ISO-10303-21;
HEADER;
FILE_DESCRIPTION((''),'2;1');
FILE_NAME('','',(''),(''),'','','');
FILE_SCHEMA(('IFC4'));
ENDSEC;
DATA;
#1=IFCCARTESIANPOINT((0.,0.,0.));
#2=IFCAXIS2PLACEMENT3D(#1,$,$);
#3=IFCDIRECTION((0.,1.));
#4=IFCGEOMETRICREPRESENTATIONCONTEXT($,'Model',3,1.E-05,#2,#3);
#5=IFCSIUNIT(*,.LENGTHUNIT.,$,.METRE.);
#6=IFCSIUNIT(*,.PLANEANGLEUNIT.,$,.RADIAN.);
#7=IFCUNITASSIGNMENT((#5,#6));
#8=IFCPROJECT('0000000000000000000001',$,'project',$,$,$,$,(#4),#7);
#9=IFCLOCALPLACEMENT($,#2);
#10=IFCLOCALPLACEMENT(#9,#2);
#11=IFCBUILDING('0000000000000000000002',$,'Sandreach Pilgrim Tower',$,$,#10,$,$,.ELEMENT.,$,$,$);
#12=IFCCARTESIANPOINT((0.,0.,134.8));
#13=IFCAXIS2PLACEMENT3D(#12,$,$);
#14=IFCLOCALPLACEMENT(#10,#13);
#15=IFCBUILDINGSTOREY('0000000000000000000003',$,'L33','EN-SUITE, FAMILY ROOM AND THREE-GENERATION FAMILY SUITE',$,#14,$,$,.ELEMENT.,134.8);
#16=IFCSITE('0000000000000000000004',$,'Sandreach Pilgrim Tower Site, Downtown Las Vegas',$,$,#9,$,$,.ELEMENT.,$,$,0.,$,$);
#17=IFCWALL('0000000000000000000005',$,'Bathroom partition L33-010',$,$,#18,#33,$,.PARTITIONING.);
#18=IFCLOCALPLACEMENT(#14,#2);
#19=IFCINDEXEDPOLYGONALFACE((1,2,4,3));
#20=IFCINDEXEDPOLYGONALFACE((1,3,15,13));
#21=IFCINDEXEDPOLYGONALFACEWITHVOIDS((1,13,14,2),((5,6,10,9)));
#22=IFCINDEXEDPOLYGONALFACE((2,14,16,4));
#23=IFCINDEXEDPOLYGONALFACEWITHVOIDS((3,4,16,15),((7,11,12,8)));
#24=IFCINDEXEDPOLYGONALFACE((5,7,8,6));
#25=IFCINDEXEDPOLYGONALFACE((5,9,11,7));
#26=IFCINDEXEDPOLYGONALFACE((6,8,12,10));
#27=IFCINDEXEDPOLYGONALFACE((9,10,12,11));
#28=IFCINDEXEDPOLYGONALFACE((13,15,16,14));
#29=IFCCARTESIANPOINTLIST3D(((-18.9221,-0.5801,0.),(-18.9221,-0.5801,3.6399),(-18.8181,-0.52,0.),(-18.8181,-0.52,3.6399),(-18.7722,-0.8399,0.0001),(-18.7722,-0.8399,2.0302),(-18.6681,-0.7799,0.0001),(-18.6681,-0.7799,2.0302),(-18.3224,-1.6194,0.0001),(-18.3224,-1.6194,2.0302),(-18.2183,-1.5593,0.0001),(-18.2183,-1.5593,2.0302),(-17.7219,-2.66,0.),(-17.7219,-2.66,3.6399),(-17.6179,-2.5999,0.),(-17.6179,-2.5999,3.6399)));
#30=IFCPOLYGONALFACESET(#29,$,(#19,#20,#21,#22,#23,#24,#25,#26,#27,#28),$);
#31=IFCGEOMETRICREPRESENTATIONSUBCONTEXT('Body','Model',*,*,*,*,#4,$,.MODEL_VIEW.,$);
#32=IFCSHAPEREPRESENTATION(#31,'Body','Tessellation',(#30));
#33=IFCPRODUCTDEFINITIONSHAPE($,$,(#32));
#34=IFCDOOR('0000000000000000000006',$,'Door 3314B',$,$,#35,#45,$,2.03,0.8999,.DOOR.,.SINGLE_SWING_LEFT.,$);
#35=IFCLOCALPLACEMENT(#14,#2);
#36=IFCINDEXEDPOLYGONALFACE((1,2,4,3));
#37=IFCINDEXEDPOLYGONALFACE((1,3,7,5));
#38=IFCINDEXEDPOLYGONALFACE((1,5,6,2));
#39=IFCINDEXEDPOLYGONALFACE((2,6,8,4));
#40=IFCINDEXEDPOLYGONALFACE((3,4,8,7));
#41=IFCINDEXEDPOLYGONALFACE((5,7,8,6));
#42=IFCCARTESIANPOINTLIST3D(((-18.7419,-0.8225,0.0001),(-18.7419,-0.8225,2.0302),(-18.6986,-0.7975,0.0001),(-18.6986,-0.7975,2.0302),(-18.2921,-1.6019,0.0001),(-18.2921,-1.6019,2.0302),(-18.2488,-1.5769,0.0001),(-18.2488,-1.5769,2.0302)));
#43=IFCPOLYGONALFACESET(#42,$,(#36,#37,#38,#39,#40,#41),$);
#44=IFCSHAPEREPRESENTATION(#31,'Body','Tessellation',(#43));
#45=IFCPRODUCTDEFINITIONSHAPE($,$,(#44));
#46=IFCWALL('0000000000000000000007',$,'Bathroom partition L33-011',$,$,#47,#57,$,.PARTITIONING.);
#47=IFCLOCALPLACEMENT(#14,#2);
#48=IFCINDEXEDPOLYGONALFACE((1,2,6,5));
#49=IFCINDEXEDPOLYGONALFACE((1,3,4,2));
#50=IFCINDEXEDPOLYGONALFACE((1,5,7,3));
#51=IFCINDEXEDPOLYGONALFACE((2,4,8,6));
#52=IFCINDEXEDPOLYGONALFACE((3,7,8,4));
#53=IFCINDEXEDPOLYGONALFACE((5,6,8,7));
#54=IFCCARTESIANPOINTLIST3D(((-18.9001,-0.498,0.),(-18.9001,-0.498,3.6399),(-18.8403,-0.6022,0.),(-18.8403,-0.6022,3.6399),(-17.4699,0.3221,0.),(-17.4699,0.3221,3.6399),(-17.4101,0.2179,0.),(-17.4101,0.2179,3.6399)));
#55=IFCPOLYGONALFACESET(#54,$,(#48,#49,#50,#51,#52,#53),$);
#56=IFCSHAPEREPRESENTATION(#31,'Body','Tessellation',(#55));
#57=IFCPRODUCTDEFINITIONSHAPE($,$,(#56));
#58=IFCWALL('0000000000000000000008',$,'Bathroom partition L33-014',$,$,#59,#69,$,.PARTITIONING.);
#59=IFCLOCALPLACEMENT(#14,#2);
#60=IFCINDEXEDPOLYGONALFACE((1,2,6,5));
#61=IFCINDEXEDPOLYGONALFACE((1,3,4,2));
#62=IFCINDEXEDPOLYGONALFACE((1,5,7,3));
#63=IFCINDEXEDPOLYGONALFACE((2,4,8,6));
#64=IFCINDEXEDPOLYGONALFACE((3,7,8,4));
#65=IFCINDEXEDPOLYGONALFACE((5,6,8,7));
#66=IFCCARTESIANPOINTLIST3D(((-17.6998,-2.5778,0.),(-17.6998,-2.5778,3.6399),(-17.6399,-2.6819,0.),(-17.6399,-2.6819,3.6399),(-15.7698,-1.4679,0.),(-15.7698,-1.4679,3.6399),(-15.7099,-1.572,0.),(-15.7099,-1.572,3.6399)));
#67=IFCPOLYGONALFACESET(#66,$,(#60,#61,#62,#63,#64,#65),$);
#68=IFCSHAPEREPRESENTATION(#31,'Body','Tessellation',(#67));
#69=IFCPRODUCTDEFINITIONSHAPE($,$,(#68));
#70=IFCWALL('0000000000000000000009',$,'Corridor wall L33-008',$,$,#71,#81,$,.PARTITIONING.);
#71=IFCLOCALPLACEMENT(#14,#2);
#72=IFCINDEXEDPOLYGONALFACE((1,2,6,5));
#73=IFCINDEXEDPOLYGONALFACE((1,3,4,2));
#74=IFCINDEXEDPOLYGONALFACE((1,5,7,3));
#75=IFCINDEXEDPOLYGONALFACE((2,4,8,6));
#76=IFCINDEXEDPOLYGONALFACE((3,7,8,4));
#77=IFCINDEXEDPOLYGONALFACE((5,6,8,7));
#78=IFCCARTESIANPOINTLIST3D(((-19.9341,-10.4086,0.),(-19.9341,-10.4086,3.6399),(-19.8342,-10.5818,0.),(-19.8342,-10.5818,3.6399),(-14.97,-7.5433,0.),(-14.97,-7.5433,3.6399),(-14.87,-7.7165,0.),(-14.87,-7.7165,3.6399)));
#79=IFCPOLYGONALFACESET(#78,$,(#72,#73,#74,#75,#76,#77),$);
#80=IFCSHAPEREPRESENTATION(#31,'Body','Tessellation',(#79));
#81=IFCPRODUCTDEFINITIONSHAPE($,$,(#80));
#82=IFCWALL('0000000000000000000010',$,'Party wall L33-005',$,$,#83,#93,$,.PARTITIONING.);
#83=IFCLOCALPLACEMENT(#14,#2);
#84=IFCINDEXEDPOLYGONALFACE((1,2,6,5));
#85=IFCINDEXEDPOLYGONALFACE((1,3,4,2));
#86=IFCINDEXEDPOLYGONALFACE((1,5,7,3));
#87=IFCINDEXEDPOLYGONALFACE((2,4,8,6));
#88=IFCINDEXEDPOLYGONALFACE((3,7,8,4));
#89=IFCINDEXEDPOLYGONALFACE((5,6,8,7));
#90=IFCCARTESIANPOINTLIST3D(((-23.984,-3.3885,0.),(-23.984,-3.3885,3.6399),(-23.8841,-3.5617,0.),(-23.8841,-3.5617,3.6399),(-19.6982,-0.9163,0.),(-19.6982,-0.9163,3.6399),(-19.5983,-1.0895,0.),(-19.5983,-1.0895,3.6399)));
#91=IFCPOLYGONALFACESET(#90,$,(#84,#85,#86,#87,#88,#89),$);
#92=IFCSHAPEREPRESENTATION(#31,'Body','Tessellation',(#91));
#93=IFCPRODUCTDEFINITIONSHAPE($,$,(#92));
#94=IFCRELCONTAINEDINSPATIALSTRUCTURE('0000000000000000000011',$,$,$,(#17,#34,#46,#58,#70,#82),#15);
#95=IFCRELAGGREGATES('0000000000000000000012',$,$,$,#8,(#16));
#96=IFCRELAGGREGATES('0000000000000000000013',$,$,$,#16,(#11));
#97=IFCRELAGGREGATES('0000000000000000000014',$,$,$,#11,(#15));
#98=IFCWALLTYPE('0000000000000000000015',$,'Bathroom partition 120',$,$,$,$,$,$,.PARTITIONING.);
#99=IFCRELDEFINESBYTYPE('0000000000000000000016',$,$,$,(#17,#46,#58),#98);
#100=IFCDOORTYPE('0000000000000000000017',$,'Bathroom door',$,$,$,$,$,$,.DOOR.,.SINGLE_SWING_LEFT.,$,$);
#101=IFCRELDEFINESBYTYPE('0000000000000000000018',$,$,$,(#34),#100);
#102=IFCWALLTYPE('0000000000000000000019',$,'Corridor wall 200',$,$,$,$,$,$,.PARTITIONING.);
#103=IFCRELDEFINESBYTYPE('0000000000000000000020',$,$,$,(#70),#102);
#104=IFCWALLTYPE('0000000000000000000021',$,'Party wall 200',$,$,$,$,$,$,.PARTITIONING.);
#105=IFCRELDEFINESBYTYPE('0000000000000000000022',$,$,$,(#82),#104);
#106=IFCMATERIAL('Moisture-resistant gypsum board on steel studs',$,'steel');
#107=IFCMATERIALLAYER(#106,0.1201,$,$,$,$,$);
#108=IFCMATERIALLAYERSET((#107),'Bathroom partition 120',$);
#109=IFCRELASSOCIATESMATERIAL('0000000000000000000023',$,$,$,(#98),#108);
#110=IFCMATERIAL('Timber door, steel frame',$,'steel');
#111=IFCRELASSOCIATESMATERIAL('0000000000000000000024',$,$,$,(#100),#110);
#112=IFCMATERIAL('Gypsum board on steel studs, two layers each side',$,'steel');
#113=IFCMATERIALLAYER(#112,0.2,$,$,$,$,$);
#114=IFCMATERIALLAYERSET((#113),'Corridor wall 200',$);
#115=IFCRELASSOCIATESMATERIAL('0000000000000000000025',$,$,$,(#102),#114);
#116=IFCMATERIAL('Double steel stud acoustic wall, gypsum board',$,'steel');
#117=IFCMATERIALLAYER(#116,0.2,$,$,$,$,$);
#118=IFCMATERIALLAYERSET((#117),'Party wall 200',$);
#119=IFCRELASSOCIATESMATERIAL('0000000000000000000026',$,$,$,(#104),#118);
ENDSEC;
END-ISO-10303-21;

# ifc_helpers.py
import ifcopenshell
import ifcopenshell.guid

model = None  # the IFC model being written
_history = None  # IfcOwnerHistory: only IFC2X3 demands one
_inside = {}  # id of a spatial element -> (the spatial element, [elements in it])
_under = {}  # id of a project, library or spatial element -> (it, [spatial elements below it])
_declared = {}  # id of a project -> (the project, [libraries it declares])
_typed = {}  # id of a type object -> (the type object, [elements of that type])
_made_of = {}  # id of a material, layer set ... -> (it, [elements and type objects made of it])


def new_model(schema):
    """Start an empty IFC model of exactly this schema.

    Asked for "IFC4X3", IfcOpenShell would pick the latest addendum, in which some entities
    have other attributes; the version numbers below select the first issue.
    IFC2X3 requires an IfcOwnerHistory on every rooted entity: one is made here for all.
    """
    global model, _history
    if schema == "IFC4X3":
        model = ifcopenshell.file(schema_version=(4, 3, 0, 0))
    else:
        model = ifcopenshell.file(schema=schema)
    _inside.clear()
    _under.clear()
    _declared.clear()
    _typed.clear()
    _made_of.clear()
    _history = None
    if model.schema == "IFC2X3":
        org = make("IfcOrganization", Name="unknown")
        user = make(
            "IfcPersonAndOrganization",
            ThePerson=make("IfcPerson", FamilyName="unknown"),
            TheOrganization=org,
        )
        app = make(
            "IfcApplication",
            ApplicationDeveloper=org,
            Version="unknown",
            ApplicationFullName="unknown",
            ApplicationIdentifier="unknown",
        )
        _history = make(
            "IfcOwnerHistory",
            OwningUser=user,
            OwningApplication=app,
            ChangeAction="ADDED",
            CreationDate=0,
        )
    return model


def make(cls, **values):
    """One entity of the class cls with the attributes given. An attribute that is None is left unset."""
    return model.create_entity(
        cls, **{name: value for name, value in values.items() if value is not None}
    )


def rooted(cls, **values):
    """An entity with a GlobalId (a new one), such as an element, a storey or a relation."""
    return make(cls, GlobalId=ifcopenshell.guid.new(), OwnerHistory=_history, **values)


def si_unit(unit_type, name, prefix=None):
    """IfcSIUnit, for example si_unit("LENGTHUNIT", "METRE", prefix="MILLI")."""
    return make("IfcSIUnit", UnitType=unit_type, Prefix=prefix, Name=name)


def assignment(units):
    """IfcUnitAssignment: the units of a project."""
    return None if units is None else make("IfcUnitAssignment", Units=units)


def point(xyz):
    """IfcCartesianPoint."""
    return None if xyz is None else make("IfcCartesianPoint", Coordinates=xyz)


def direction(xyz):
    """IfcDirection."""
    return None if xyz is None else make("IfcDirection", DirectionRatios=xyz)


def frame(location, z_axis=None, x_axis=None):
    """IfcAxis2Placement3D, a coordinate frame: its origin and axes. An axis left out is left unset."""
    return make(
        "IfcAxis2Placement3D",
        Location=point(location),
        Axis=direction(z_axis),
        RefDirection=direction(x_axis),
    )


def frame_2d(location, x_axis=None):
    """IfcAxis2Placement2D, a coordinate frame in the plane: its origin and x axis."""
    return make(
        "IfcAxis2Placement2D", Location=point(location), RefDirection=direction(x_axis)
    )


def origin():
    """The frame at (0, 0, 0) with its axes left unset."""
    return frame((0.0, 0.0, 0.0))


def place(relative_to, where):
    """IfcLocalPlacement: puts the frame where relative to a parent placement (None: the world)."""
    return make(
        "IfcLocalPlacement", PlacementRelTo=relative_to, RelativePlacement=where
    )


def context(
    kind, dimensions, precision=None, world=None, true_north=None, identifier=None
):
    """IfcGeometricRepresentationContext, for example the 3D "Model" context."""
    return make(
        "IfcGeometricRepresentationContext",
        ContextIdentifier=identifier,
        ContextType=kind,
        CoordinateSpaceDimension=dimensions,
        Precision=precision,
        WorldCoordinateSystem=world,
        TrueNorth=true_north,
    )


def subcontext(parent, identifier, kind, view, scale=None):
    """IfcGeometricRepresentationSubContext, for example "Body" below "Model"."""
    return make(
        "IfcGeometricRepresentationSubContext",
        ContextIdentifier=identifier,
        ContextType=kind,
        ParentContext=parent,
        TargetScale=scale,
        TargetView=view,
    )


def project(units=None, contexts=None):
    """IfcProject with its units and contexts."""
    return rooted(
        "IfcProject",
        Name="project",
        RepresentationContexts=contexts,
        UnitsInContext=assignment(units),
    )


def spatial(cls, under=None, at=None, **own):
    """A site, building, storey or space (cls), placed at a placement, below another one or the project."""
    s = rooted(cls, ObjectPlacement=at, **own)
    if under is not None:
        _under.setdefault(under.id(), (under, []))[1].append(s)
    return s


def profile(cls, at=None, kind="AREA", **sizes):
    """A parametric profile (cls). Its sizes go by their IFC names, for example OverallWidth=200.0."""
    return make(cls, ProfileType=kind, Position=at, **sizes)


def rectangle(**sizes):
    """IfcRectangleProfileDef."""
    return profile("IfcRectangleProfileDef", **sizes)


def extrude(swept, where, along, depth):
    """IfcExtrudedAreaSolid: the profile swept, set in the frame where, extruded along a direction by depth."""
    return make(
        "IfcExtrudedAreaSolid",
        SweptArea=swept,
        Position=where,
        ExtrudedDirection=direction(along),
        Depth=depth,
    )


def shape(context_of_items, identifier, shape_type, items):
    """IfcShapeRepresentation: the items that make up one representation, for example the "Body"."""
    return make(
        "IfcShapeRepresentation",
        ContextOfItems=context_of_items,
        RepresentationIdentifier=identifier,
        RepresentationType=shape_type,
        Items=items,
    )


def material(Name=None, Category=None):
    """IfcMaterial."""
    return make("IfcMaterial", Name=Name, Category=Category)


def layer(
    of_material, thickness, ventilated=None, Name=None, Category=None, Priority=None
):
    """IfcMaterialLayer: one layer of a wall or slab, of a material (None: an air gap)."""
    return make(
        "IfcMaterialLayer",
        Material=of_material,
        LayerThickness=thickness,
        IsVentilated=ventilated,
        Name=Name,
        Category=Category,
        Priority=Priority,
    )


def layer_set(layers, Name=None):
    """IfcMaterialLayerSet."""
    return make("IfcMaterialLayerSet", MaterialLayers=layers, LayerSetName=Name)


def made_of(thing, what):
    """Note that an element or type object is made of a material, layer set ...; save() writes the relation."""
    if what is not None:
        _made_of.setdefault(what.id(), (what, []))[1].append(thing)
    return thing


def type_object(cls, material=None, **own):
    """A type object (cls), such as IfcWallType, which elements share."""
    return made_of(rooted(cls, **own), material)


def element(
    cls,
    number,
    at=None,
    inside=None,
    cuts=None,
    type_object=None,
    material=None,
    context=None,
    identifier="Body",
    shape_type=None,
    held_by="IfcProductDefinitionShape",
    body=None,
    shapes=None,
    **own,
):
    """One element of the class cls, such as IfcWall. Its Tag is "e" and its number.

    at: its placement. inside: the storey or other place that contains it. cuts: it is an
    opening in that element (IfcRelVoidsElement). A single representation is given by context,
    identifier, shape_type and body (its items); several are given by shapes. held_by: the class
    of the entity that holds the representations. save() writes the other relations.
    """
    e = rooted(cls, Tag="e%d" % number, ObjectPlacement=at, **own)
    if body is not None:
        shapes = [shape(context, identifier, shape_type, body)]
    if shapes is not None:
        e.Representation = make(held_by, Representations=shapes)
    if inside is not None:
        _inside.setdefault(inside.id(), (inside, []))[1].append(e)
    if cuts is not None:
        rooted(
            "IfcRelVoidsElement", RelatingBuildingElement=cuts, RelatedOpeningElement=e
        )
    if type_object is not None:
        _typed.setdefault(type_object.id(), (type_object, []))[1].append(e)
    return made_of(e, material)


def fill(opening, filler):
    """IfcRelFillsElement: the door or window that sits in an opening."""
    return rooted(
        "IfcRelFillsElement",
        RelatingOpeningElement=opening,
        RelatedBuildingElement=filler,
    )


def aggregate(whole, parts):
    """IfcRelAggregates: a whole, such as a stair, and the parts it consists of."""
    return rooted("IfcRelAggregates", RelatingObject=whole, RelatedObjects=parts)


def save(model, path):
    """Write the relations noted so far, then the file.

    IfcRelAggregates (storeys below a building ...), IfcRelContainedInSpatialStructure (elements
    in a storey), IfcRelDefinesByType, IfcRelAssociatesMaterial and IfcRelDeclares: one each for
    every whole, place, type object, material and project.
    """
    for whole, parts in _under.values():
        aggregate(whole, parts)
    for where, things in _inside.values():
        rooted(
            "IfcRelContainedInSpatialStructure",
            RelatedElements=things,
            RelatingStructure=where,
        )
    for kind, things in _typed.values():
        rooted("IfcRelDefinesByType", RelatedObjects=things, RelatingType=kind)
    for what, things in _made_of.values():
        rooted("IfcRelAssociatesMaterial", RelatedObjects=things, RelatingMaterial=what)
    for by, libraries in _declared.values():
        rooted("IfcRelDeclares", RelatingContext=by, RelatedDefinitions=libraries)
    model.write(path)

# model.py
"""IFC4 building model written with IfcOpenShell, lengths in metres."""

from ifc_helpers import new_model, si_unit, direction, frame, frame_2d, origin, place, context, subcontext, project, spatial, rectangle, extrude, material, layer, layer_set, type_object, element, fill, save


model = new_model("IFC4")

# Units and contexts
model_context = context("Model", 3, precision=1e-05, world=origin(), true_north=direction((0.0, 1.0)))
body_context = subcontext(model_context, "Body", "Model", "MODEL_VIEW")
ifc_project = project(units=[si_unit("LENGTHUNIT", "METRE"), si_unit("PLANEANGLEUNIT", "RADIAN")], contexts=[model_context])

# Site, building, storey
site_placement = place(None, origin())
site = spatial("IfcSite", under=ifc_project, at=site_placement, Name="Sandreach Pilgrim Tower Site, Downtown Las Vegas", CompositionType="ELEMENT", RefElevation=0.0)
building_placement = place(site_placement, origin())
building = spatial("IfcBuilding", under=site, at=building_placement, Name="Sandreach Pilgrim Tower", CompositionType="ELEMENT")
storey_placement = place(building_placement, frame((0.0, 0.0, 134.8)))
storey = spatial("IfcBuildingStorey", under=building, at=storey_placement, Name="L33", Description="EN-SUITE, FAMILY ROOM AND THREE-GENERATION FAMILY SUITE", CompositionType="ELEMENT", Elevation=134.8)

# Shared definitions
ifc_material_1 = material(Name="Moisture-resistant gypsum board on steel studs", Category="steel")
ifc_layer_1 = layer(ifc_material_1, 0.1201)
ifc_layer_set_1 = layer_set([ifc_layer_1], Name="Bathroom partition 120")
wall_type_1 = type_object("IfcWallType", Name="Bathroom partition 120", PredefinedType="PARTITIONING", material=ifc_layer_set_1)

# Wall, opening, door
wall_1_placement = place(storey_placement, frame((-18.8701, -0.55, 0.0), z_axis=(0.0, 0.0, 1.0), x_axis=(0.499813, -0.866133, 0.0)))
wall_1 = element("IfcWall", 1, at=wall_1_placement, inside=storey, type_object=wall_type_1, Name="Bathroom partition L33-010", PredefinedType="PARTITIONING", context=body_context, shape_type="SweptSolid", body=[
    extrude(rectangle(XDim=2.4014, YDim=0.1201, at=frame_2d((1.2007, 0.0))), origin(), (0.0, 0.0, 1.0), 3.6399),
])
opening_placement = place(wall_1_placement, frame((0.3, 0.0, 0.0)))
opening = element("IfcOpeningElement", 2, at=opening_placement, cuts=wall_1, PredefinedType="OPENING", context=body_context, shape_type="SweptSolid", body=[
    extrude(rectangle(XDim=0.8999, YDim=2.03, at=frame_2d((0.45, 1.0151))), frame((0.0, 0.0601, 0.0), z_axis=(0.0, -1.0, 0.0), x_axis=(1.0, 0.0, 0.0)), (0.0, 0.0, 1.0), 0.1201),
])
ifc_material_2 = material(Name="Timber door, steel frame", Category="steel")
door_type = type_object("IfcDoorType", Name="Bathroom door", OperationType="SINGLE_SWING_LEFT", PredefinedType="DOOR", material=ifc_material_2)
door_placement = place(opening_placement, origin())
door = element("IfcDoor", 3, at=door_placement, inside=storey, type_object=door_type, Name="Door 3314B", OperationType="SINGLE_SWING_LEFT", OverallHeight=2.03, OverallWidth=0.8999, PredefinedType="DOOR", context=body_context, shape_type="SweptSolid", body=[
    extrude(rectangle(XDim=0.8999, YDim=2.03, at=frame_2d((0.45, 1.0151))), frame((0.0, 0.0249, 0.0), z_axis=(0.0, -1.0, 0.0), x_axis=(1.0, 0.0, 0.0)), (0.0, 0.0, 1.0), 0.05),
])
fill(opening, door)

# Walls
wall_2_placement = place(storey_placement, frame((-18.8701, -0.55, 0.0), z_axis=(0.0, 0.0, 1.0), x_axis=(0.867504, 0.49743, 0.0)))
element("IfcWall", 4, at=wall_2_placement, inside=storey, type_object=wall_type_1, Name="Bathroom partition L33-011", PredefinedType="PARTITIONING", context=body_context, shape_type="SweptSolid", body=[
    extrude(rectangle(XDim=1.6487, YDim=0.1201, at=frame_2d((0.8242, 0.0))), origin(), (0.0, 0.0, 1.0), 3.6399),
])
wall_3_placement = place(storey_placement, frame((-17.6699, -2.6299, 0.0), z_axis=(0.0, 0.0, 1.0), x_axis=(0.866877, 0.498523, 0.0)))
element("IfcWall", 5, at=wall_3_placement, inside=storey, type_object=wall_type_1, Name="Bathroom partition L33-014", PredefinedType="PARTITIONING", context=body_context, shape_type="SweptSolid", body=[
    extrude(rectangle(XDim=2.2263, YDim=0.1201, at=frame_2d((1.1133, 0.0))), origin(), (0.0, 0.0, 1.0), 3.6399),
])
ifc_material_3 = material(Name="Gypsum board on steel studs, two layers each side", Category="steel")
ifc_layer_2 = layer(ifc_material_3, 0.2)
ifc_layer_set_2 = layer_set([ifc_layer_2], Name="Corridor wall 200")
wall_type_2 = type_object("IfcWallType", Name="Corridor wall 200", PredefinedType="PARTITIONING", material=ifc_layer_set_2)
wall_4_placement = place(storey_placement, frame((-19.884, -10.4951, 0.0), z_axis=(0.0, 0.0, 1.0), x_axis=(0.866086, 0.499896, 0.0)))
element("IfcWall", 6, at=wall_4_placement, inside=storey, type_object=wall_type_2, Name="Corridor wall L33-008", PredefinedType="PARTITIONING", context=body_context, shape_type="SweptSolid", body=[
    extrude(rectangle(XDim=5.7317, YDim=0.2, at=frame_2d((2.8657, 0.0))), origin(), (0.0, 0.0, 1.0), 3.6399),
])
ifc_material_4 = material(Name="Double steel stud acoustic wall, gypsum board", Category="steel")
ifc_layer_3 = layer(ifc_material_4, 0.2)
ifc_layer_set_3 = layer_set([ifc_layer_3], Name="Party wall 200")
wall_type_3 = type_object("IfcWallType", Name="Party wall 200", PredefinedType="PARTITIONING", material=ifc_layer_set_3)
wall_5_placement = place(storey_placement, frame((-23.9341, -3.4751, 0.0), z_axis=(0.0, 0.0, 1.0), x_axis=(0.866226, 0.499653, 0.0)))
element("IfcWall", 7, at=wall_5_placement, inside=storey, type_object=wall_type_3, Name="Party wall L33-005", PredefinedType="PARTITIONING", context=body_context, shape_type="SweptSolid", body=[
    extrude(rectangle(XDim=4.9478, YDim=0.2, at=frame_2d((2.4739, 0.0))), origin(), (0.0, 0.0, 1.0), 3.6399),
])

save(model, "model.ifc")
